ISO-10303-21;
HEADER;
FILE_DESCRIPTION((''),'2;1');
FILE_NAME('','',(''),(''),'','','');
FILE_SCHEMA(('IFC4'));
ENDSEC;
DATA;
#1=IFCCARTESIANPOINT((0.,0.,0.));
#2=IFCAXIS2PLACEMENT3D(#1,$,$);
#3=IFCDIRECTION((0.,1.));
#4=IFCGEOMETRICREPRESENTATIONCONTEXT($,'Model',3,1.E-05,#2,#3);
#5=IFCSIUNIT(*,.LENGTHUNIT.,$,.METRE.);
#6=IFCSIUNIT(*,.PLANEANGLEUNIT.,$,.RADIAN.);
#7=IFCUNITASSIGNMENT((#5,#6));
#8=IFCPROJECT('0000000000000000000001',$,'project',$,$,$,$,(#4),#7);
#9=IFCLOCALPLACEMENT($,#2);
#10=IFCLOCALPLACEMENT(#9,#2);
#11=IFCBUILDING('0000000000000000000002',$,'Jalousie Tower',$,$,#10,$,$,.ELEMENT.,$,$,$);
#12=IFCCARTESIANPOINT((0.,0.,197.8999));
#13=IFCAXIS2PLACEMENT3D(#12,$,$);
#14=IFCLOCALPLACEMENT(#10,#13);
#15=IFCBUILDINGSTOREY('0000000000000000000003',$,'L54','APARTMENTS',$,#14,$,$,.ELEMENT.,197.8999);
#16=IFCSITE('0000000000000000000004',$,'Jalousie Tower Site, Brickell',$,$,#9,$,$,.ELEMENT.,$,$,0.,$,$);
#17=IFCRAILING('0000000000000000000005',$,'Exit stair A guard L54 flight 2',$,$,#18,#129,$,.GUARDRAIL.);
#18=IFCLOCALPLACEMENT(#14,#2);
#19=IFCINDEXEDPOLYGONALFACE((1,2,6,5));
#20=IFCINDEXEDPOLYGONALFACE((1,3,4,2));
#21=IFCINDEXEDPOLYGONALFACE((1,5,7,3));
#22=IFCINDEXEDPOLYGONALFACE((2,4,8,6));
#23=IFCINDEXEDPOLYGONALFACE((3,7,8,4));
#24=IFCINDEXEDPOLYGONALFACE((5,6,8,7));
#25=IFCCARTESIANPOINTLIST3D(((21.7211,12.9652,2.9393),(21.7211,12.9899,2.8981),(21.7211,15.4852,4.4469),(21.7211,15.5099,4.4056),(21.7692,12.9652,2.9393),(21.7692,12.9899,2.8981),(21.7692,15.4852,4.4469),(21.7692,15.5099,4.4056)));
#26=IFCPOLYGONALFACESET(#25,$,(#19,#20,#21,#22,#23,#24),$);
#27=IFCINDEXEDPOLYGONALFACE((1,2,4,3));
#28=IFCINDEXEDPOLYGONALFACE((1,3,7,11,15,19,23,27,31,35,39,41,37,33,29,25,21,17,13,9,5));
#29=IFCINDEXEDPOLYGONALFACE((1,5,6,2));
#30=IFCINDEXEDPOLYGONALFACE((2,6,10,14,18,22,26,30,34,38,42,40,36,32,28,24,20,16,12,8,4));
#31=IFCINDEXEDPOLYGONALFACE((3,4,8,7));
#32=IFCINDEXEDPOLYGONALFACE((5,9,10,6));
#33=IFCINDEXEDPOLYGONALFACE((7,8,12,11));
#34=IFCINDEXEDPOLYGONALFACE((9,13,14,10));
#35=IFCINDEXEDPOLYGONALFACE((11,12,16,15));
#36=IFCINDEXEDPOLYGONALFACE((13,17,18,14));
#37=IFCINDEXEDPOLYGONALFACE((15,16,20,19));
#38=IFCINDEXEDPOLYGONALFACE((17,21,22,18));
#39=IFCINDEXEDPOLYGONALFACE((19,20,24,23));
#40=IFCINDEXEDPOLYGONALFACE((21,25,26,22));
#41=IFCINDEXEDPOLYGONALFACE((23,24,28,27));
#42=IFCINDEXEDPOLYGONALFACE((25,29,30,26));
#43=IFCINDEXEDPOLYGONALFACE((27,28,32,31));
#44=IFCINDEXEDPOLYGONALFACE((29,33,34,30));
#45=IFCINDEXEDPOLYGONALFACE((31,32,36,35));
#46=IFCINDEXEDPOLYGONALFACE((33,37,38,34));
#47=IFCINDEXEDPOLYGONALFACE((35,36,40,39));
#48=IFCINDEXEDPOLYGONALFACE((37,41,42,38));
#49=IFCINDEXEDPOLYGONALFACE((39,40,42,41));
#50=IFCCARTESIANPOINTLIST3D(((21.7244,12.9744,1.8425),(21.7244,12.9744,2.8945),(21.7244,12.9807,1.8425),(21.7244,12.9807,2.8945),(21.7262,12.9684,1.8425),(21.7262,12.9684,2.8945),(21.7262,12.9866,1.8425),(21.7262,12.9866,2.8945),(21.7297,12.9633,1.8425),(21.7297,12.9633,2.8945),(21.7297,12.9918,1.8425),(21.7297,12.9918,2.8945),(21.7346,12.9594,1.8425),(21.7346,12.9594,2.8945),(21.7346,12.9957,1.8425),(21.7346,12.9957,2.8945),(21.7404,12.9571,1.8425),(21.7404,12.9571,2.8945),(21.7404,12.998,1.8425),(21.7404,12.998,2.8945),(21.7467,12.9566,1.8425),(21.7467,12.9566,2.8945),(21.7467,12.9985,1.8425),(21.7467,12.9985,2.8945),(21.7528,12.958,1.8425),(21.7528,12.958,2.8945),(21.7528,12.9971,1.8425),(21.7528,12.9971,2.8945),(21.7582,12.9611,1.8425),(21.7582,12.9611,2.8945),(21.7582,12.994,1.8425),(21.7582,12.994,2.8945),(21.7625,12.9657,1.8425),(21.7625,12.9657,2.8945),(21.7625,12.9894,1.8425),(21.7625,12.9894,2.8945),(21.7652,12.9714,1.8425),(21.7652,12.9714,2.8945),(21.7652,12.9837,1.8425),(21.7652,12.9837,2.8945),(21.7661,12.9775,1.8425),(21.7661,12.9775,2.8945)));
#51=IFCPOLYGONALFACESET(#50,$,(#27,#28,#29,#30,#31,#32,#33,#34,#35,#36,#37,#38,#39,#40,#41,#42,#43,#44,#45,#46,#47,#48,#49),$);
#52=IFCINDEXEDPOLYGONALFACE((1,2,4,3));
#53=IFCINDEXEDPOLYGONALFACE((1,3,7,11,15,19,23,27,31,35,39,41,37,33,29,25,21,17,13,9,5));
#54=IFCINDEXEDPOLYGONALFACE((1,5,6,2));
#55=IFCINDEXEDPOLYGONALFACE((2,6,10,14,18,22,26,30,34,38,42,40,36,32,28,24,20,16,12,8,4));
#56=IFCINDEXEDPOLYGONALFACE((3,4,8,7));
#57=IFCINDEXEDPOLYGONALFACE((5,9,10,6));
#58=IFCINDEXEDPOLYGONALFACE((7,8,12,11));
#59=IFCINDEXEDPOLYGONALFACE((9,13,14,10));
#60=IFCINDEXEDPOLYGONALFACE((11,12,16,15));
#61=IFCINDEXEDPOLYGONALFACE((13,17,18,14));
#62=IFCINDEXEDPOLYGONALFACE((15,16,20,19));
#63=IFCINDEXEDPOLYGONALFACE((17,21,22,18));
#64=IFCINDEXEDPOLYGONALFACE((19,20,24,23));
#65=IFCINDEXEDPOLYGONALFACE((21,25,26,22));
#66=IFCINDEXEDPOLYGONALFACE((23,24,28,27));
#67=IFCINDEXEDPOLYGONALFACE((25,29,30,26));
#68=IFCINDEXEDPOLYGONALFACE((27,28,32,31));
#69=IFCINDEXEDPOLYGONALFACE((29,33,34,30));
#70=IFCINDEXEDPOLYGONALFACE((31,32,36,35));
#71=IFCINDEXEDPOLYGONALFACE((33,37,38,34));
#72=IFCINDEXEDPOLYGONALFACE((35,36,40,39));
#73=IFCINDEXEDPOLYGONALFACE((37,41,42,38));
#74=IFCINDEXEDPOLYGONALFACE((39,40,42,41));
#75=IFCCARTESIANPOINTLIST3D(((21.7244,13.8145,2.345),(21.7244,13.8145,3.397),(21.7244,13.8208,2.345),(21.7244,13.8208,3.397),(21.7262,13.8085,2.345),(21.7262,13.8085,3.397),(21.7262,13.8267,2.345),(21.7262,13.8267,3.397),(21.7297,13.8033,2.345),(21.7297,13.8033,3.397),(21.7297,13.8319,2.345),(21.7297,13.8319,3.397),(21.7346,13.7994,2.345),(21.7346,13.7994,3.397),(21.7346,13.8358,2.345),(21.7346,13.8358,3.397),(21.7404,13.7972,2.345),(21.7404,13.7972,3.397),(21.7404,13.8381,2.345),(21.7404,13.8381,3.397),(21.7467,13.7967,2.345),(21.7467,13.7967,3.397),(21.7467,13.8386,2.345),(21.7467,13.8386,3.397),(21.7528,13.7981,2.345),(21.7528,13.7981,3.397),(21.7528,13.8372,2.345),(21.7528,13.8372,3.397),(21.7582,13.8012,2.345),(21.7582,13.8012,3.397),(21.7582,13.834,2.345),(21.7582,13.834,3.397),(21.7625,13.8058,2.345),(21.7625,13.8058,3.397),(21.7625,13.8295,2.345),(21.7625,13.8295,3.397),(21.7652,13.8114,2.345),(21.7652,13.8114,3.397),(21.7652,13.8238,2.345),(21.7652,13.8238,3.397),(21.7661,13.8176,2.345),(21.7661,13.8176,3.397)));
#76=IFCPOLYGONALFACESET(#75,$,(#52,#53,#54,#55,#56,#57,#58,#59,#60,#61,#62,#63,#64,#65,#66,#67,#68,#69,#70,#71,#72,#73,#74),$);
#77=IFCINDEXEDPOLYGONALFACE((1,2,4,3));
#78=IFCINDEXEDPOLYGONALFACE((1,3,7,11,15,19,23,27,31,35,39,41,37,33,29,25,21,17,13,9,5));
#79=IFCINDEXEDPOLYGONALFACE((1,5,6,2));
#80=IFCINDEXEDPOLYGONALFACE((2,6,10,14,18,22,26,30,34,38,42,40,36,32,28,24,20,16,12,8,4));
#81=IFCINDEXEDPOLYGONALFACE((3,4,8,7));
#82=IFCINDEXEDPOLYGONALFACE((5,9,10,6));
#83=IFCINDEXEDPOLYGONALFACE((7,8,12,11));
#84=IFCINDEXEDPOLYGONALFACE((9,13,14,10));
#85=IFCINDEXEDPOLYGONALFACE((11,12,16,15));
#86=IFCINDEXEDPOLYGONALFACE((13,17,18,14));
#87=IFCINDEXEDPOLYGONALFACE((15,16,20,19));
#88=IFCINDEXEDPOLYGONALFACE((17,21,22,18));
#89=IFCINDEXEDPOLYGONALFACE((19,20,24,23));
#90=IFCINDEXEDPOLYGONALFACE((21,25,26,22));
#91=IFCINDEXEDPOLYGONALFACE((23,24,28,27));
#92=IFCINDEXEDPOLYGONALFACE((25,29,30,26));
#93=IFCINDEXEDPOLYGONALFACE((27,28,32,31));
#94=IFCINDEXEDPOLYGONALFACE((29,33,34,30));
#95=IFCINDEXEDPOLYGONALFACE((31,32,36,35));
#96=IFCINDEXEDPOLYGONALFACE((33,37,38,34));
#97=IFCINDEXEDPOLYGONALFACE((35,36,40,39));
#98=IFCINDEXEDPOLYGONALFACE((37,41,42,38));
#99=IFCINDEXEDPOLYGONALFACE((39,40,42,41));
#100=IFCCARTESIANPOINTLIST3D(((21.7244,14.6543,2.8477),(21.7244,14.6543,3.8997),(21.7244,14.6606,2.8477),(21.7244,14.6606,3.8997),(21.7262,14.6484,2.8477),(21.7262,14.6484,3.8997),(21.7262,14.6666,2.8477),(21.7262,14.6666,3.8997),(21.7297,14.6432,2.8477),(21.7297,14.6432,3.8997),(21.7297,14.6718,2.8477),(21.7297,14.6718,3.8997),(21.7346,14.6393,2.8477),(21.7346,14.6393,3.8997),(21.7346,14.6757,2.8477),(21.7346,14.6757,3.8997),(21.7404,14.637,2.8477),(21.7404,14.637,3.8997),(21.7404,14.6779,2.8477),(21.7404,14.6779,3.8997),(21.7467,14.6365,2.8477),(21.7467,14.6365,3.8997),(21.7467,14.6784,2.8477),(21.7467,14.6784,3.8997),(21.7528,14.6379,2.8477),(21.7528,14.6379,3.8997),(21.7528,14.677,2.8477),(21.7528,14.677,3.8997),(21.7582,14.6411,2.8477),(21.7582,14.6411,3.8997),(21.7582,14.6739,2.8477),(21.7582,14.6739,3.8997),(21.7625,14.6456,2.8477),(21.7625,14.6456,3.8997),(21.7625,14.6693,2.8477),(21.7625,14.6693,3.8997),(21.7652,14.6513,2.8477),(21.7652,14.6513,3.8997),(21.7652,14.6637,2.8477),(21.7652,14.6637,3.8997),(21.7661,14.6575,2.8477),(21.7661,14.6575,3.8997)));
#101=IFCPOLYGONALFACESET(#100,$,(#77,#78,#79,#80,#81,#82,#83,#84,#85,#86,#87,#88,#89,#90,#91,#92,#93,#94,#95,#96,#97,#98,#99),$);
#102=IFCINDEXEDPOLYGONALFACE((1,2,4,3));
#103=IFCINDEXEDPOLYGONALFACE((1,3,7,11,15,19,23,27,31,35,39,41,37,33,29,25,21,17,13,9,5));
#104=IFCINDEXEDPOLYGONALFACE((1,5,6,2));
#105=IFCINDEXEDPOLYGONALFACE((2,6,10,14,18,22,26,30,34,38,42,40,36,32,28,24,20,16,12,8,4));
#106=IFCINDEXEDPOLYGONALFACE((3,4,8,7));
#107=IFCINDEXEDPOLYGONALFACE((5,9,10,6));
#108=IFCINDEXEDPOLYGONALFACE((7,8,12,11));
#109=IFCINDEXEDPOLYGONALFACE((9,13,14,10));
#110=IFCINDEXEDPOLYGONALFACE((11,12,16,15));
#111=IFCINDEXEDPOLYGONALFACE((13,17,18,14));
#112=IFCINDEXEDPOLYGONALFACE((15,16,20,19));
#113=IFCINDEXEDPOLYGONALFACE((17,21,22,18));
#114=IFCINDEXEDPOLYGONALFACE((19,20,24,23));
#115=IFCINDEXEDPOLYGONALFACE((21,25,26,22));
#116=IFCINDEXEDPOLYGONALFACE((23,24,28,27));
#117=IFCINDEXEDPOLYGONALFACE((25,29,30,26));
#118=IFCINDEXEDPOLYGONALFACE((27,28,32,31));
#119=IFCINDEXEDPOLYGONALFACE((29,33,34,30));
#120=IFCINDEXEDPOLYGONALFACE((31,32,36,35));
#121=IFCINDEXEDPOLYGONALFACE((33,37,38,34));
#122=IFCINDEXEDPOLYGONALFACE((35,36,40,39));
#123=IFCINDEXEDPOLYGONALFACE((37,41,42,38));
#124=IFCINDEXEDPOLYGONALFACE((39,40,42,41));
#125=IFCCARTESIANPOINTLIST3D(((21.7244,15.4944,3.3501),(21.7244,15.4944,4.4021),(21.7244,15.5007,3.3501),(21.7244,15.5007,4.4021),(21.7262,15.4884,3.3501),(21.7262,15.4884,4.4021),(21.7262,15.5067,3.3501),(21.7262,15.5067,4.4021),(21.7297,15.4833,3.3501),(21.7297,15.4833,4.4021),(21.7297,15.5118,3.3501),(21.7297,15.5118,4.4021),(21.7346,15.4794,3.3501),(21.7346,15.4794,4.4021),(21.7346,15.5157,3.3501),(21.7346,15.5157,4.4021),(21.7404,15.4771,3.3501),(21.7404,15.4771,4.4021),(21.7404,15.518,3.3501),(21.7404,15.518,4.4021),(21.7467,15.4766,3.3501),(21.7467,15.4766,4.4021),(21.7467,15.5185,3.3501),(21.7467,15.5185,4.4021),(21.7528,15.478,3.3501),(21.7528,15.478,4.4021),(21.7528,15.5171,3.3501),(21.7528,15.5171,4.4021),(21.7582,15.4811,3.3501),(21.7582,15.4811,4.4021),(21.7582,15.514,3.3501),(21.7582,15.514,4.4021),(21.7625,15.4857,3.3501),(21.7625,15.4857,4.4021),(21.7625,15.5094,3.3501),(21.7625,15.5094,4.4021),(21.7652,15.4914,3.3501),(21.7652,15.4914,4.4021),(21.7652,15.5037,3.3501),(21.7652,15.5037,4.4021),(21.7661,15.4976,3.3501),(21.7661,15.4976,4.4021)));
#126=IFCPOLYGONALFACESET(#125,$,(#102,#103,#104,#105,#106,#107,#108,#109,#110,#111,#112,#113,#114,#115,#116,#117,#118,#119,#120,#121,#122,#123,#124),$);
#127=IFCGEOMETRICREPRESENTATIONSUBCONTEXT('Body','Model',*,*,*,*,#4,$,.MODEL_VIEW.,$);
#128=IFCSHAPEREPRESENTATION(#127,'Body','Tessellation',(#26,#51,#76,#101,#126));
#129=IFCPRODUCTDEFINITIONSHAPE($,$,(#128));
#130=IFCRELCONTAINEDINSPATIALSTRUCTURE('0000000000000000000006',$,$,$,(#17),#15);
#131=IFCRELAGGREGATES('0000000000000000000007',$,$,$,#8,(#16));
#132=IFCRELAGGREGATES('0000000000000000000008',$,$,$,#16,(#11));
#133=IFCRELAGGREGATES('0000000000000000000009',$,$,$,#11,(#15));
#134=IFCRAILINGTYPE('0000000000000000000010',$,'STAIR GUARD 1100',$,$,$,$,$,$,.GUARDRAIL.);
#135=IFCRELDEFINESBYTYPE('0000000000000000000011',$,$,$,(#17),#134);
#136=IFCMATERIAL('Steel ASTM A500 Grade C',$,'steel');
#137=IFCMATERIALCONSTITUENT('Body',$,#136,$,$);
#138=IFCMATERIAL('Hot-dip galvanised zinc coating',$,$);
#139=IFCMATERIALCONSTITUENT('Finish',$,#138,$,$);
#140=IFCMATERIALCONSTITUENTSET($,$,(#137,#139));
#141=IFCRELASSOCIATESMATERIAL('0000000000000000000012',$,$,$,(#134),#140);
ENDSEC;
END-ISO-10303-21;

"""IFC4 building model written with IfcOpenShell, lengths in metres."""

from ifc_helpers import new_model, si_unit, direction, frame, origin, origin_2d, place, context, subcontext, project, spatial, rectangle, circle, extrude, material, constituent, constituent_set, type_object, element, save


model = new_model("IFC4")

# Units and contexts
model_context = context("Model", 3, precision=1e-05, world=origin(), true_north=direction((0.0, 1.0)))
body_context = subcontext(model_context, "Body", "Model", "MODEL_VIEW")
ifc_project = project(units=[si_unit("LENGTHUNIT", "METRE"), si_unit("PLANEANGLEUNIT", "RADIAN")], contexts=[model_context])

# Site, building, storey
site_placement = place(None, origin())
site = spatial("IfcSite", under=ifc_project, at=site_placement, Name="Jalousie Tower Site, Brickell", CompositionType="ELEMENT", RefElevation=0.0)
building_placement = place(site_placement, origin())
building = spatial("IfcBuilding", under=site, at=building_placement, Name="Jalousie Tower", CompositionType="ELEMENT")
storey_placement = place(building_placement, frame((0.0, 0.0, 197.8999)))
storey = spatial("IfcBuildingStorey", under=building, at=storey_placement, Name="L54", Description="APARTMENTS", CompositionType="ELEMENT", Elevation=197.8999)

# Railing
ifc_material_1 = material(Name="Steel ASTM A500 Grade C", Category="steel")
ifc_constituent_1 = constituent(ifc_material_1, Name="Body")
ifc_material_2 = material(Name="Hot-dip galvanised zinc coating")
ifc_constituent_2 = constituent(ifc_material_2, Name="Finish")
ifc_constituent_set_1 = constituent_set(constituents=[ifc_constituent_1, ifc_constituent_2])
railing_type_1 = type_object("IfcRailingType", Name="STAIR GUARD 1100", PredefinedType="GUARDRAIL", material=ifc_constituent_set_1)
railing_1_placement = place(storey_placement, frame((21.7451, 12.9775, 1.8425)))
element("IfcRailing", 1, at=railing_1_placement, inside=storey, type_object=railing_type_1, Name="Exit stair A guard L54 flight 2", PredefinedType="GUARDRAIL", context=body_context, shape_type="SweptSolid", body=[
    extrude(rectangle(XDim=0.0481, YDim=0.0481, at=origin_2d()), frame((0.0, 0.0, 1.0762), z_axis=(0.0, 0.85816, 0.513383), x_axis=(-1.0, 0.0, 0.0)), (0.0, 0.0, 1.0), 2.9365),
    extrude(circle(Radius=0.021, at=origin_2d()), origin(), (0.0, 0.0, 1.0), 1.052),
    extrude(circle(Radius=0.021, at=origin_2d()), frame((0.0, 0.8401, 0.5024)), (0.0, 0.0, 1.0), 1.052),
    extrude(circle(Radius=0.021, at=origin_2d()), frame((0.0, 1.6799, 1.0051)), (0.0, 0.0, 1.0), 1.052),
    extrude(circle(Radius=0.021, at=origin_2d()), frame((0.0, 2.52, 1.5076)), (0.0, 0.0, 1.0), 1.052),
])

save(model, "model.ifc")
